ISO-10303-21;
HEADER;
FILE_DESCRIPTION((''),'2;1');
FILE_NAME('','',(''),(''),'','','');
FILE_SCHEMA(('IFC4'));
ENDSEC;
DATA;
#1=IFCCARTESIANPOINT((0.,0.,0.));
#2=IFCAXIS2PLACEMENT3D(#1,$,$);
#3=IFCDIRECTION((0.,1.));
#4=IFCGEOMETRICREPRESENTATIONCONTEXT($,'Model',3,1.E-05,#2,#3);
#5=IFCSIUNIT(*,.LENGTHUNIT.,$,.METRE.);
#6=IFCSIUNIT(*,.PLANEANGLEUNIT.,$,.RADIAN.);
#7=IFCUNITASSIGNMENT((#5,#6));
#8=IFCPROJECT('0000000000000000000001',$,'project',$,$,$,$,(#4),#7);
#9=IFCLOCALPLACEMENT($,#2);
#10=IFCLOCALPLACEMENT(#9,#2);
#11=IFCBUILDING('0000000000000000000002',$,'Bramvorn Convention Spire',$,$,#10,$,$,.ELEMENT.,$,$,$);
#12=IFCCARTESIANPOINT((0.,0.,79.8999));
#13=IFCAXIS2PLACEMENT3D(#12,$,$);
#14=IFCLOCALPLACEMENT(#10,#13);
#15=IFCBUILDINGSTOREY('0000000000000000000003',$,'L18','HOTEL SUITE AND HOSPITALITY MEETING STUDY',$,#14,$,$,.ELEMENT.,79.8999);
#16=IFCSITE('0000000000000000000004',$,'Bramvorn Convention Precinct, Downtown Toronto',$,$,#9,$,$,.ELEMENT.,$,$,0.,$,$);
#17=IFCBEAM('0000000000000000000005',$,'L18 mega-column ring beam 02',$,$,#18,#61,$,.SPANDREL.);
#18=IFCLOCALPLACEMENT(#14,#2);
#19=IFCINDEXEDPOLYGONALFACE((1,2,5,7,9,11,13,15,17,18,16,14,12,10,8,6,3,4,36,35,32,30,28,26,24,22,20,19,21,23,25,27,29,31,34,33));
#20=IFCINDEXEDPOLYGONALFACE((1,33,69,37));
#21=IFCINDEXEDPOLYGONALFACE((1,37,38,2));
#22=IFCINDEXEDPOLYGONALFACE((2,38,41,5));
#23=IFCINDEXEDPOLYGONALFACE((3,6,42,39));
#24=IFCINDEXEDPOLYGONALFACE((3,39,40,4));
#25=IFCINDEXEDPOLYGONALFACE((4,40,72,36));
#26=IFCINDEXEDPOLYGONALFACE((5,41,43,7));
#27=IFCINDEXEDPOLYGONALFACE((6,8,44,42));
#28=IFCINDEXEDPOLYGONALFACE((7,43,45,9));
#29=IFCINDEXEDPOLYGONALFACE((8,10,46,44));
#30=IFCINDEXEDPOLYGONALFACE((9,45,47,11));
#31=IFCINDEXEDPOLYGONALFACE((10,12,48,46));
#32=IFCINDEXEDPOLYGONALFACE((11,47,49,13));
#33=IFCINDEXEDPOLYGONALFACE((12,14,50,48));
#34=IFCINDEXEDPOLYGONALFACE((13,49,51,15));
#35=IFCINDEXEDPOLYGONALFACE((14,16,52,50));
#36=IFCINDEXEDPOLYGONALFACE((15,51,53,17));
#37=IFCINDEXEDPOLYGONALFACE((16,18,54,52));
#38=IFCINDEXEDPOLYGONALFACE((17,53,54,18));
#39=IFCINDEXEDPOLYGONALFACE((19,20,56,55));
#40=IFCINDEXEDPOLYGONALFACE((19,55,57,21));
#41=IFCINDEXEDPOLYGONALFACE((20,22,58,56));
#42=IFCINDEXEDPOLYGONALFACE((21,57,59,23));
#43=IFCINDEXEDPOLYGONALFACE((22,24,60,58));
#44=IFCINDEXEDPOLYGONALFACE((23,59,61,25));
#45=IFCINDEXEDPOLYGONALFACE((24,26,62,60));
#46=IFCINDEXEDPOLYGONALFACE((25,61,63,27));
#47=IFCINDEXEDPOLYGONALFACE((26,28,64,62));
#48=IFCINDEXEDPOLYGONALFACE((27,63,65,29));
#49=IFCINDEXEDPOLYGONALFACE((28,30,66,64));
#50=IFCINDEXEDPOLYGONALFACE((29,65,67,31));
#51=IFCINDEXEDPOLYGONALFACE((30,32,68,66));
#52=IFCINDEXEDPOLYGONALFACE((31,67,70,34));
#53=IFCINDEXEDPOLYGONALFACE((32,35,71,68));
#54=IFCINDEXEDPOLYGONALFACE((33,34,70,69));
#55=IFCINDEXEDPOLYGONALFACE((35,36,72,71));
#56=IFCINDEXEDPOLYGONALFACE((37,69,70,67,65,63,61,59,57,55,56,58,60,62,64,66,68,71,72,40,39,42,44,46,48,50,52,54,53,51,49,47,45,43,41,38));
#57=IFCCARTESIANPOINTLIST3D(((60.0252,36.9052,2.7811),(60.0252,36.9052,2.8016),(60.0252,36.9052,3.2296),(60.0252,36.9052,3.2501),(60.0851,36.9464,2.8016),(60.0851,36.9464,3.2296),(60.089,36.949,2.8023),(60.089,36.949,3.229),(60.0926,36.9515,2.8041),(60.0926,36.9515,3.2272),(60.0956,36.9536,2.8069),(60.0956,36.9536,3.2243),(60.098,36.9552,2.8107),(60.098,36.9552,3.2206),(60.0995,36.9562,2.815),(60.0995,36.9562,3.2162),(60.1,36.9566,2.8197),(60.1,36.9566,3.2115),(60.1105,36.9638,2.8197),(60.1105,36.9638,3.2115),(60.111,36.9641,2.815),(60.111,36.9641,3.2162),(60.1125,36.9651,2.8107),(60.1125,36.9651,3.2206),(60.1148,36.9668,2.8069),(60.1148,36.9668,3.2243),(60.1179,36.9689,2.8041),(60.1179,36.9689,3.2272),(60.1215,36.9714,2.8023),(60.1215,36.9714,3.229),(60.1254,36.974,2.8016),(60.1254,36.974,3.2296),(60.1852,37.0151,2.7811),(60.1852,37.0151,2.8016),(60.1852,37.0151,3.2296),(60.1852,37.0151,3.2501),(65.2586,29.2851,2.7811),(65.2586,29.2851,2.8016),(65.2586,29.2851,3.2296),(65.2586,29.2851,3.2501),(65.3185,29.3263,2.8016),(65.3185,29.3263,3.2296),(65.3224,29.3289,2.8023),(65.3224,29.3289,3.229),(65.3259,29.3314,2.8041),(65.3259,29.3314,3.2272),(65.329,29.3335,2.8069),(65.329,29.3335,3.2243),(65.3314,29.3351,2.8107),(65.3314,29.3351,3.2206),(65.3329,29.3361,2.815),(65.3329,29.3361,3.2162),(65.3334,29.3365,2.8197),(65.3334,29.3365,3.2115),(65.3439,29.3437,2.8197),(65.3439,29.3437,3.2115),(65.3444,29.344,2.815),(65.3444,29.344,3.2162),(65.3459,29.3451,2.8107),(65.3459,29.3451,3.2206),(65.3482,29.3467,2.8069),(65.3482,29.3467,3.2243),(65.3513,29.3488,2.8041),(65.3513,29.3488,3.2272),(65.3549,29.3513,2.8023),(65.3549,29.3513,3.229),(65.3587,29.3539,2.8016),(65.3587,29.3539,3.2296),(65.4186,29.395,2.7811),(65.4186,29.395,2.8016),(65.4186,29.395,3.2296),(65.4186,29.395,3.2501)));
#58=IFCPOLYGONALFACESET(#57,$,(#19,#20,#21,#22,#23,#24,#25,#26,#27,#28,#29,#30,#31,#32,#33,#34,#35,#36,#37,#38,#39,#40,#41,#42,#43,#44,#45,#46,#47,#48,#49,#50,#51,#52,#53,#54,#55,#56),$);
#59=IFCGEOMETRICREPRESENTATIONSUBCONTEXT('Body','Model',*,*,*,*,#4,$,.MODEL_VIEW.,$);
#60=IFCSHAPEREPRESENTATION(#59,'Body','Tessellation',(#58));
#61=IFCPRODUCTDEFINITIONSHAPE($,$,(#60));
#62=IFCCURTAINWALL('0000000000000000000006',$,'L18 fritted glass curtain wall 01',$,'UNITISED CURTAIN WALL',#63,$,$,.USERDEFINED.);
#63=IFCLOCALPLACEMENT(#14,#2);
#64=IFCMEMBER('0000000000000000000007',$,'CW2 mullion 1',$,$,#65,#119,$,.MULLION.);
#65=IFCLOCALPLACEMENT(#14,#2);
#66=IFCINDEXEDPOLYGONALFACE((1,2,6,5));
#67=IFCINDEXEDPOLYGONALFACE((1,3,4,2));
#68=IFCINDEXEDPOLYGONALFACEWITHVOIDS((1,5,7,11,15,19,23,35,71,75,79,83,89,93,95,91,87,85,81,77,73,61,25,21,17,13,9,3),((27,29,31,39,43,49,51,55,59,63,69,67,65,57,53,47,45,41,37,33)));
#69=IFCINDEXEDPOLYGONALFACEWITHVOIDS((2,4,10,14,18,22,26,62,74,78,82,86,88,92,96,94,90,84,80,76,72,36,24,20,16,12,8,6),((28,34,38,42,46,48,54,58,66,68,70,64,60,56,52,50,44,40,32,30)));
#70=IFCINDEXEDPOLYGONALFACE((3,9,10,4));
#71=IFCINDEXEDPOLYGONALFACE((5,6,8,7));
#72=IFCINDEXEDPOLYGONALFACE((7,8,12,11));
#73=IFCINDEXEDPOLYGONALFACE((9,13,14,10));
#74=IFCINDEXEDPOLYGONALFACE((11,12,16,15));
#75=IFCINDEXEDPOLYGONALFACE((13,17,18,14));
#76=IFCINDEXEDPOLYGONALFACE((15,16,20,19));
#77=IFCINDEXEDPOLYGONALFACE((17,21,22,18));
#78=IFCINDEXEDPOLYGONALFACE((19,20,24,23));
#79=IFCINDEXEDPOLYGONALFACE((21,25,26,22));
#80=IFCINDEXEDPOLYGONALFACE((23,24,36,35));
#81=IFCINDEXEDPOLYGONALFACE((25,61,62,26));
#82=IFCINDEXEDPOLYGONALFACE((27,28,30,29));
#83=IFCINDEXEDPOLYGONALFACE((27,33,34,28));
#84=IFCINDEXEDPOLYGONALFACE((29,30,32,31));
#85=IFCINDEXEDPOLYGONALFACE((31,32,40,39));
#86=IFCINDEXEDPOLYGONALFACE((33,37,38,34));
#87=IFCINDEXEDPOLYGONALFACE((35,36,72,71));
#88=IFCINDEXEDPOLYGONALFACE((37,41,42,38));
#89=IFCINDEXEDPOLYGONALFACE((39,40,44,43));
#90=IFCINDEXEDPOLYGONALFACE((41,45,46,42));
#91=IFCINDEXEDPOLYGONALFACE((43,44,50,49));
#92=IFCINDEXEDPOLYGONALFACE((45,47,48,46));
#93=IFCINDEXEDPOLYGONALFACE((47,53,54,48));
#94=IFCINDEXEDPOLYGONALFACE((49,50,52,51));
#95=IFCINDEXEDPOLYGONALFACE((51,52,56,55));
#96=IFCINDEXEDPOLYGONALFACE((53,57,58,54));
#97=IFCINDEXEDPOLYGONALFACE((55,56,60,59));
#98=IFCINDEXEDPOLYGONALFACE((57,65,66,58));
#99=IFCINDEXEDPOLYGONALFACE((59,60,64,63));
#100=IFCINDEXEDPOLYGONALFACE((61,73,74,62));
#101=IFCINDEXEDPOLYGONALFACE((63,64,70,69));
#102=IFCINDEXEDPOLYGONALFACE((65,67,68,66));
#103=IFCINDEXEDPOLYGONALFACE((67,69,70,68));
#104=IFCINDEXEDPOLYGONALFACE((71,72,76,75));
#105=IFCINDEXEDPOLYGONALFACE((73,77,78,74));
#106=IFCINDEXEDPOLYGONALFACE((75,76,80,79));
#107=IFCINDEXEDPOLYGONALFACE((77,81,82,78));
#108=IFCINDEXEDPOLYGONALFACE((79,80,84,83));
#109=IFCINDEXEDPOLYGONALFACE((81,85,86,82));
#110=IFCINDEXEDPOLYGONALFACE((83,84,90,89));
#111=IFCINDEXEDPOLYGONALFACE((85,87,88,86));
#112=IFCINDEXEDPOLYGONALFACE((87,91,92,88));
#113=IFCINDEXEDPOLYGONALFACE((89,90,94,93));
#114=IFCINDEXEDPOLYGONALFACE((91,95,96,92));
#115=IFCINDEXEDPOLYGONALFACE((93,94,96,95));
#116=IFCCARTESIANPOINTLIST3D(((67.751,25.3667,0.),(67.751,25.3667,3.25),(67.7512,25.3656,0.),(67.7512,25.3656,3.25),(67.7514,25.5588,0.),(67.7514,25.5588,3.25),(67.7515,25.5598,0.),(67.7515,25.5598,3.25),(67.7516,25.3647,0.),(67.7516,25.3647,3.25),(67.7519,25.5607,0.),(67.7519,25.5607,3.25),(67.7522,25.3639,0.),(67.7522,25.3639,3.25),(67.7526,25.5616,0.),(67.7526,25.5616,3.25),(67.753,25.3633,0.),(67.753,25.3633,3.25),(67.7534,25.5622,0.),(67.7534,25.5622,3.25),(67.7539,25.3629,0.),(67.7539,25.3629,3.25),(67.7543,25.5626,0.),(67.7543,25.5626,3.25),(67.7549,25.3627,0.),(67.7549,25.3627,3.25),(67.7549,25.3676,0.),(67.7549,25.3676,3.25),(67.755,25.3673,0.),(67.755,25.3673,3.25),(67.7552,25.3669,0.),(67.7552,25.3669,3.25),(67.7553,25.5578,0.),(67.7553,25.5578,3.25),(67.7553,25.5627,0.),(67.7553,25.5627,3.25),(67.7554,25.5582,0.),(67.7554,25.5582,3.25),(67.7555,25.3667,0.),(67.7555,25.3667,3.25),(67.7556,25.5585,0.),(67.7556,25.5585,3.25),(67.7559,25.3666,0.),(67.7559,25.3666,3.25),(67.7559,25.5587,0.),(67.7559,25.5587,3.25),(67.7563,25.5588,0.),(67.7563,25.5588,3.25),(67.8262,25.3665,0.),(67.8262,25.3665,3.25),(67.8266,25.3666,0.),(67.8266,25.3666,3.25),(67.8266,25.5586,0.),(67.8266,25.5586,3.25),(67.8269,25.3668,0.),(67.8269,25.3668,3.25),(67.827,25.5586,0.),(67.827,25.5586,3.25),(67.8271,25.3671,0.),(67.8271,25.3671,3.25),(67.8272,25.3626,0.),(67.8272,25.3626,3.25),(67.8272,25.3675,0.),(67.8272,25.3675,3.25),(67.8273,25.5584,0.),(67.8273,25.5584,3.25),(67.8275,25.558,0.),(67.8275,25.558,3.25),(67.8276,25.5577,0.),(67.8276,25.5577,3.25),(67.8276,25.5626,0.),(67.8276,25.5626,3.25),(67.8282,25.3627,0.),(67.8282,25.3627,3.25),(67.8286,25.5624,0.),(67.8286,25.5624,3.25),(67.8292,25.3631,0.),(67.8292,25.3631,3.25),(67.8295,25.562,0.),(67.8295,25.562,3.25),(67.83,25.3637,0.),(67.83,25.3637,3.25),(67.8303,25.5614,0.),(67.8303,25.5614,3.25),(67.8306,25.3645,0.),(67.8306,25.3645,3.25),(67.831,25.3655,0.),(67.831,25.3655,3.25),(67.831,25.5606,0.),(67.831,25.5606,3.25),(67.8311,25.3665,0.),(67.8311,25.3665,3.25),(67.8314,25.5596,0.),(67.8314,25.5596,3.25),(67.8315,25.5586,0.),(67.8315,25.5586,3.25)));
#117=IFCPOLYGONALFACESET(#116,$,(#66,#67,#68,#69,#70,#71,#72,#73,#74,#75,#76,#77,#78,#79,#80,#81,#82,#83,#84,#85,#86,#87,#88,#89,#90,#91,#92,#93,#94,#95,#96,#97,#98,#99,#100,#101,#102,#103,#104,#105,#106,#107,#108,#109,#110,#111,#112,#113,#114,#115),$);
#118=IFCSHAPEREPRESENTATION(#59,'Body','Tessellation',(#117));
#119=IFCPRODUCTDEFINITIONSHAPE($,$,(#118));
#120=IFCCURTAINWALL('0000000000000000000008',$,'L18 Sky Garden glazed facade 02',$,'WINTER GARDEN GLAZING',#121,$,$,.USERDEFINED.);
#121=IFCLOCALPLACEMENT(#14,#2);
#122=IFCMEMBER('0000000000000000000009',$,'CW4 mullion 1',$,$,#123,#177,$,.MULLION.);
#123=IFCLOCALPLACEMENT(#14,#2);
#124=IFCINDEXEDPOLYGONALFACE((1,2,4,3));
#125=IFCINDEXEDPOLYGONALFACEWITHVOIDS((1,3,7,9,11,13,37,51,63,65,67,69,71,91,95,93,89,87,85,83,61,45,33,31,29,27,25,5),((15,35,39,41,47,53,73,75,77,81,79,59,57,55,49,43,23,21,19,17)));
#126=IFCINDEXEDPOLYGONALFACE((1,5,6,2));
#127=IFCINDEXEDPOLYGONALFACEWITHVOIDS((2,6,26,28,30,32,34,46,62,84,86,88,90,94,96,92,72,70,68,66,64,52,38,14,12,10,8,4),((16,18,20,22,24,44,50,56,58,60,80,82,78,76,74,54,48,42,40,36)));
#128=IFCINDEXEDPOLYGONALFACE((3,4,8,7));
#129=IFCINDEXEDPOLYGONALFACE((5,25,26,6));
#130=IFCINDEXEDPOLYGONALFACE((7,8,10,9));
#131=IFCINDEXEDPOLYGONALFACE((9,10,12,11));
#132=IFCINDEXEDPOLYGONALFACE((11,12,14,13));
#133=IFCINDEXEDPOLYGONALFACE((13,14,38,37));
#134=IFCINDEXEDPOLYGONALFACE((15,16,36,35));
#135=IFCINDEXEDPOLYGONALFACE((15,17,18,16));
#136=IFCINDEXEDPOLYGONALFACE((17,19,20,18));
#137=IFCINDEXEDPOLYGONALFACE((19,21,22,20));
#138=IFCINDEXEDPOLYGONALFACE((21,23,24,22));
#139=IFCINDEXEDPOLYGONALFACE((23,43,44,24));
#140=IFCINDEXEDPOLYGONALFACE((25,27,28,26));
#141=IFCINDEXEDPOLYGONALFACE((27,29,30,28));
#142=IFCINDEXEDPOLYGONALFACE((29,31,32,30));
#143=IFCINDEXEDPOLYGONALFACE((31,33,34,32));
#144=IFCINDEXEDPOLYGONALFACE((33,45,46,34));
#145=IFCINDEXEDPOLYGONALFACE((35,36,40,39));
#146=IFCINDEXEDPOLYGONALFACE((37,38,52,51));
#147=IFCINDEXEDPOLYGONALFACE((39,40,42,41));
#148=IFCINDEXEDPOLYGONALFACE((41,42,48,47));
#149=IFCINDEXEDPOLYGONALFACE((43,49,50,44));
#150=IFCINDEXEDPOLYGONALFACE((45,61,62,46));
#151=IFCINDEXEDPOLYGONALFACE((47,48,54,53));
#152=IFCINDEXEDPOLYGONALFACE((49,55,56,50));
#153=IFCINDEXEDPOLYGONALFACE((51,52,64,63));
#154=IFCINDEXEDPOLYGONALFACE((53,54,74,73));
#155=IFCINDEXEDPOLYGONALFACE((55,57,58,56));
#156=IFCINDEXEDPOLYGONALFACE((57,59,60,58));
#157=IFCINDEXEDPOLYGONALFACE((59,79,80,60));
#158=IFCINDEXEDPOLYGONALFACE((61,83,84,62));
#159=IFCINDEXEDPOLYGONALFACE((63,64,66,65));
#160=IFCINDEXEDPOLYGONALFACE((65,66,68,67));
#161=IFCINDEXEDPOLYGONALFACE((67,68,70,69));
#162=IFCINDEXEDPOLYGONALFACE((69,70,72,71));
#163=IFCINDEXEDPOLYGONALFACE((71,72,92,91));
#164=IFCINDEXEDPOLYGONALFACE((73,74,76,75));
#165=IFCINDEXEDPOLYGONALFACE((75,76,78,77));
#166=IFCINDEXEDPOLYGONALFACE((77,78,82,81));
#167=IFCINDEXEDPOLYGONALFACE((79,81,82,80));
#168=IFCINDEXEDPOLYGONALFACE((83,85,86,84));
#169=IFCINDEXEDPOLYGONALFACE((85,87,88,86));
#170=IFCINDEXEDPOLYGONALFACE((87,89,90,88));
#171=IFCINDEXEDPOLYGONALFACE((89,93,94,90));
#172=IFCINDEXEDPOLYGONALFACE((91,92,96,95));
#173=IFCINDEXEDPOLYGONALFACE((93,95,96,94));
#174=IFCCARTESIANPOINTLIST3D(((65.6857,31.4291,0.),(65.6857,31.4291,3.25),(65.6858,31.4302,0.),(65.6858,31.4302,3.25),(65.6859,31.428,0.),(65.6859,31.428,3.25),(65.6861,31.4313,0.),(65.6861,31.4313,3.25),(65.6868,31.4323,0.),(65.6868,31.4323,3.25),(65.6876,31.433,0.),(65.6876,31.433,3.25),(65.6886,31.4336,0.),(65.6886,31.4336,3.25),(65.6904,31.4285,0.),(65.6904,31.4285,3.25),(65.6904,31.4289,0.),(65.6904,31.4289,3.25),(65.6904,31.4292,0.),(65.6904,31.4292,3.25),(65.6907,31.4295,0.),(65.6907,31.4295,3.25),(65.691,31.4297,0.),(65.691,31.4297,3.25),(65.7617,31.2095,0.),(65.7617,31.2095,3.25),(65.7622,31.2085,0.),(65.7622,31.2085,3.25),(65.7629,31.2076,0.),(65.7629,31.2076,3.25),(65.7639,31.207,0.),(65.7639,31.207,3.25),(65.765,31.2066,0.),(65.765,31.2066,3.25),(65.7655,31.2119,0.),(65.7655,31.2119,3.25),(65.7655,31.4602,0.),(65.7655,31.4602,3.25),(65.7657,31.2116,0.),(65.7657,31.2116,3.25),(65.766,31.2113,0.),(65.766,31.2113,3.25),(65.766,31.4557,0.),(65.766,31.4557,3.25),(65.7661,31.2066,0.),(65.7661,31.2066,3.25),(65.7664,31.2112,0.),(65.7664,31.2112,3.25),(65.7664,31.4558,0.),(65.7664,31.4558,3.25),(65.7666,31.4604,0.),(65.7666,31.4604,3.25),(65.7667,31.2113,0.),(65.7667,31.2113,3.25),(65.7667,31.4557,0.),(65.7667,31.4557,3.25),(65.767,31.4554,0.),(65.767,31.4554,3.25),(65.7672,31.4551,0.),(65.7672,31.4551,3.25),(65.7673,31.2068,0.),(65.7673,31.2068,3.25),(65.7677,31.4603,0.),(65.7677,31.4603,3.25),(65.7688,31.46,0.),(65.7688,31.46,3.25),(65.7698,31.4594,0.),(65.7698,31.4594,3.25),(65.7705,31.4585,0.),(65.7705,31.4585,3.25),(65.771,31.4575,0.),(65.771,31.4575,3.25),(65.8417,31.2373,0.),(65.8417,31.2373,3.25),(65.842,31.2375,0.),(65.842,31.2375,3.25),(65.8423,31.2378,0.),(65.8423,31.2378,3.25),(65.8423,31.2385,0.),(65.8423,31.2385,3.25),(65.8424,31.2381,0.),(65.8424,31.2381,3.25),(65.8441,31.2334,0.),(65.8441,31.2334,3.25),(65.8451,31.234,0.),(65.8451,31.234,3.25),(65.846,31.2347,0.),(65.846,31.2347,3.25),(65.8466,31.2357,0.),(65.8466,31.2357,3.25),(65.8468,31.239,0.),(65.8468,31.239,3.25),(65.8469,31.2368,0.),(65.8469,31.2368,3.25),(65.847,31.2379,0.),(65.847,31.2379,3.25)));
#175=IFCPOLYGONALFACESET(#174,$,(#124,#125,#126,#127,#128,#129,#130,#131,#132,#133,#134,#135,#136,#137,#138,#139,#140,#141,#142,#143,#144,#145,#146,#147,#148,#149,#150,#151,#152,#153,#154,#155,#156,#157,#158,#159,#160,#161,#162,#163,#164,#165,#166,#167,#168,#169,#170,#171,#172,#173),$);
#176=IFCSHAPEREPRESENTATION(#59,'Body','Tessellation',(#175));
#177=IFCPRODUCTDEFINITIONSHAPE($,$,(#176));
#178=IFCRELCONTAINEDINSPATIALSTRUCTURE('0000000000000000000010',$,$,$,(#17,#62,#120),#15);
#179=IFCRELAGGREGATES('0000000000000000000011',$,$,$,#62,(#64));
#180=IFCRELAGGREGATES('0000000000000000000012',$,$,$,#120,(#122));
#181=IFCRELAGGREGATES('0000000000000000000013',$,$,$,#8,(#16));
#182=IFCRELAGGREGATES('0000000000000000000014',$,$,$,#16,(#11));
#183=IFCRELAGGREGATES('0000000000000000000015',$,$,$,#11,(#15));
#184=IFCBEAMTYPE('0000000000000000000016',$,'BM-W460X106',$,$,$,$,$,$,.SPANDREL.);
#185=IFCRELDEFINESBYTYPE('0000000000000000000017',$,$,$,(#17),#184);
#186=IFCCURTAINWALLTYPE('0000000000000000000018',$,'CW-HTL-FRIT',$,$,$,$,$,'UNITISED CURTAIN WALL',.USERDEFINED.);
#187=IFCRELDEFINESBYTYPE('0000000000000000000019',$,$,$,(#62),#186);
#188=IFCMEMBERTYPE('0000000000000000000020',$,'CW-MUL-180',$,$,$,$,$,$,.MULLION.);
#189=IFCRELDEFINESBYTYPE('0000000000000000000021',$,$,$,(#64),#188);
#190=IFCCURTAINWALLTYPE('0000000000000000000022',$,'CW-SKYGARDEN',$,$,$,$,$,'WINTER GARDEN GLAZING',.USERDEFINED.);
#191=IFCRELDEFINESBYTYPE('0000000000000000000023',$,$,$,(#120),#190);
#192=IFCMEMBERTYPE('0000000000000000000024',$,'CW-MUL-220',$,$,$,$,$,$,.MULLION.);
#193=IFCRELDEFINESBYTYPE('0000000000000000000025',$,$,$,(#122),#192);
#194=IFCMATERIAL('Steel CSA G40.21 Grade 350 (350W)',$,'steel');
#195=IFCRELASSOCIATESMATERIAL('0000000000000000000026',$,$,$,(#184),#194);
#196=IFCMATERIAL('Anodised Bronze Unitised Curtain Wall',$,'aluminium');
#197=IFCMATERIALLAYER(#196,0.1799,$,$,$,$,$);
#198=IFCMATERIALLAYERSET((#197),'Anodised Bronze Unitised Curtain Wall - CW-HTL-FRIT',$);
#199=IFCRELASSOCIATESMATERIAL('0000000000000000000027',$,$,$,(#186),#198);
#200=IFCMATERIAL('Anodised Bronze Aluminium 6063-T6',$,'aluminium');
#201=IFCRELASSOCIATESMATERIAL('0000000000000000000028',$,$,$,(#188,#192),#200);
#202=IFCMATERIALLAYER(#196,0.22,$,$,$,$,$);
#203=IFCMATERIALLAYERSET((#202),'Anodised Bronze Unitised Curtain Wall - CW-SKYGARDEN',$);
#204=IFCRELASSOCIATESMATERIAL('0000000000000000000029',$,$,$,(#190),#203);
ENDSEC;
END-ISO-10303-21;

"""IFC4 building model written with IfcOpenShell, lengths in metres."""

from ifc_helpers import new_model, si_unit, direction, frame, origin, origin_2d, place, context, subcontext, project, spatial, hollow_rectangle, i_section, extrude, material, layer, layer_set, material_profile, profile_set, type_object, element, aggregate, save


model = new_model("IFC4")

# Units and contexts
model_context = context("Model", 3, precision=1e-05, world=origin(), true_north=direction((0.0, 1.0)))
body_context = subcontext(model_context, "Body", "Model", "MODEL_VIEW")
ifc_project = project(units=[si_unit("LENGTHUNIT", "METRE"), si_unit("PLANEANGLEUNIT", "RADIAN")], contexts=[model_context])

# Site, building, storey
site_placement = place(None, origin())
site = spatial("IfcSite", under=ifc_project, at=site_placement, Name="Bramvorn Convention Precinct, Downtown Toronto", CompositionType="ELEMENT", RefElevation=0.0)
building_placement = place(site_placement, origin())
building = spatial("IfcBuilding", under=site, at=building_placement, Name="Bramvorn Convention Spire", CompositionType="ELEMENT")
storey_placement = place(building_placement, frame((0.0, 0.0, 79.8999)))
storey = spatial("IfcBuildingStorey", under=building, at=storey_placement, Name="L18", Description="HOTEL SUITE AND HOSPITALITY MEETING STUDY", CompositionType="ELEMENT", Elevation=79.8999)

# Shared definitions
ifc_material_1 = material(Name="Steel CSA G40.21 Grade 350 (350W)", Category="steel")

# Beam
ifc_material_profile_1 = material_profile(ifc_material_1, i_section(OverallWidth=0.1941, OverallDepth=0.469, WebThickness=0.0127, FlangeThickness=0.0205, FilletRadius=0.0181, at=origin_2d()))
ifc_profile_set_1 = profile_set([ifc_material_profile_1], Name="Steel CSA G40.21 Grade 350 (350W) - W460X106")
beam_type_1 = type_object("IfcBeamType", Name="BM-W460X106", PredefinedType="SPANDREL", material=ifc_profile_set_1)
beam_1_placement = place(storey_placement, frame((65.3386, 29.3401, 3.0156), z_axis=(-0.56613, 0.824316, 0.0), x_axis=(-0.824316, -0.56613, 0.0)))
element("IfcBeam", 1, at=beam_1_placement, inside=storey, type_object=beam_type_1, Name="L18 mega-column ring beam 02", PredefinedType="SPANDREL", context=body_context, shape_type="SweptSolid", body=[
    extrude(i_section(OverallWidth=0.1941, OverallDepth=0.469, WebThickness=0.0127, FlangeThickness=0.0205, FilletRadius=0.0181, at=origin_2d()), origin(), (0.0, 0.0, 1.0), 9.2441),
])

# Curtain wall, member
ifc_material_2 = material(Name="Anodised Bronze Unitised Curtain Wall", Category="aluminium")
ifc_layer_1 = layer(ifc_material_2, 0.1799)
ifc_layer_set_1 = layer_set([ifc_layer_1], Name="Anodised Bronze Unitised Curtain Wall - CW-HTL-FRIT")
curtain_wall_type_1 = type_object("IfcCurtainWallType", Name="CW-HTL-FRIT", ElementType="UNITISED CURTAIN WALL", PredefinedType="USERDEFINED", material=ifc_layer_set_1)
curtain_wall_1_placement = place(storey_placement, origin())
curtain_wall_1 = element("IfcCurtainWall", 2, at=curtain_wall_1_placement, inside=storey, type_object=curtain_wall_type_1, Name="L18 fritted glass curtain wall 01", ObjectType="UNITISED CURTAIN WALL", PredefinedType="USERDEFINED")
ifc_material_3 = material(Name="Anodised Bronze Aluminium 6063-T6", Category="aluminium")
ifc_material_profile_2 = material_profile(ifc_material_3, hollow_rectangle(XDim=0.0801, YDim=0.2, WallThickness=0.0039, InnerFilletRadius=0.001, OuterFilletRadius=0.0039, at=origin_2d()))
ifc_profile_set_2 = profile_set([ifc_material_profile_2], Name="Anodised Bronze Aluminium 6063-T6 - CWM80X200")
member_type_1 = type_object("IfcMemberType", Name="CW-MUL-180", PredefinedType="MULLION", material=ifc_profile_set_2)
member_1_placement = place(storey_placement, frame((67.7913, 25.4626, 0.0), z_axis=(0.0, 0.0, 1.0), x_axis=(0.999998, -0.001965, 0.0)))
member_1 = element("IfcMember", 3, at=member_1_placement, type_object=member_type_1, Name="CW2 mullion 1", PredefinedType="MULLION", context=body_context, shape_type="SweptSolid", body=[
    extrude(hollow_rectangle(XDim=0.0801, YDim=0.2, WallThickness=0.0039, InnerFilletRadius=0.001, OuterFilletRadius=0.0039, at=origin_2d()), origin(), (0.0, 0.0, 1.0), 3.25),
])

# Curtain wall, member
ifc_layer_2 = layer(ifc_material_2, 0.22)
ifc_layer_set_2 = layer_set([ifc_layer_2], Name="Anodised Bronze Unitised Curtain Wall - CW-SKYGARDEN")
curtain_wall_type_2 = type_object("IfcCurtainWallType", Name="CW-SKYGARDEN", ElementType="WINTER GARDEN GLAZING", PredefinedType="USERDEFINED", material=ifc_layer_set_2)
curtain_wall_2_placement = place(storey_placement, origin())
curtain_wall_2 = element("IfcCurtainWall", 4, at=curtain_wall_2_placement, inside=storey, type_object=curtain_wall_type_2, Name="L18 Sky Garden glazed facade 02", ObjectType="WINTER GARDEN GLAZING", PredefinedType="USERDEFINED")
ifc_material_profile_3 = material_profile(ifc_material_3, hollow_rectangle(XDim=0.0901, YDim=0.24, WallThickness=0.0044, InnerFilletRadius=0.001, OuterFilletRadius=0.0044, at=origin_2d()))
ifc_profile_set_3 = profile_set([ifc_material_profile_3], Name="Anodised Bronze Aluminium 6063-T6 - CWM90X240")
member_type_2 = type_object("IfcMemberType", Name="CW-MUL-220", PredefinedType="MULLION", material=ifc_profile_set_3)
member_2_placement = place(storey_placement, frame((65.7664, 31.3335, 0.0), z_axis=(0.0, 0.0, 1.0), x_axis=(0.944826, 0.327573, 0.0)))
member_2 = element("IfcMember", 5, at=member_2_placement, type_object=member_type_2, Name="CW4 mullion 1", PredefinedType="MULLION", context=body_context, shape_type="SweptSolid", body=[
    extrude(hollow_rectangle(XDim=0.0901, YDim=0.24, WallThickness=0.0044, InnerFilletRadius=0.001, OuterFilletRadius=0.0044, at=origin_2d()), origin(), (0.0, 0.0, 1.0), 3.25),
])

aggregate(curtain_wall_1, [member_1])

aggregate(curtain_wall_2, [member_2])

save(model, "model.ifc")
